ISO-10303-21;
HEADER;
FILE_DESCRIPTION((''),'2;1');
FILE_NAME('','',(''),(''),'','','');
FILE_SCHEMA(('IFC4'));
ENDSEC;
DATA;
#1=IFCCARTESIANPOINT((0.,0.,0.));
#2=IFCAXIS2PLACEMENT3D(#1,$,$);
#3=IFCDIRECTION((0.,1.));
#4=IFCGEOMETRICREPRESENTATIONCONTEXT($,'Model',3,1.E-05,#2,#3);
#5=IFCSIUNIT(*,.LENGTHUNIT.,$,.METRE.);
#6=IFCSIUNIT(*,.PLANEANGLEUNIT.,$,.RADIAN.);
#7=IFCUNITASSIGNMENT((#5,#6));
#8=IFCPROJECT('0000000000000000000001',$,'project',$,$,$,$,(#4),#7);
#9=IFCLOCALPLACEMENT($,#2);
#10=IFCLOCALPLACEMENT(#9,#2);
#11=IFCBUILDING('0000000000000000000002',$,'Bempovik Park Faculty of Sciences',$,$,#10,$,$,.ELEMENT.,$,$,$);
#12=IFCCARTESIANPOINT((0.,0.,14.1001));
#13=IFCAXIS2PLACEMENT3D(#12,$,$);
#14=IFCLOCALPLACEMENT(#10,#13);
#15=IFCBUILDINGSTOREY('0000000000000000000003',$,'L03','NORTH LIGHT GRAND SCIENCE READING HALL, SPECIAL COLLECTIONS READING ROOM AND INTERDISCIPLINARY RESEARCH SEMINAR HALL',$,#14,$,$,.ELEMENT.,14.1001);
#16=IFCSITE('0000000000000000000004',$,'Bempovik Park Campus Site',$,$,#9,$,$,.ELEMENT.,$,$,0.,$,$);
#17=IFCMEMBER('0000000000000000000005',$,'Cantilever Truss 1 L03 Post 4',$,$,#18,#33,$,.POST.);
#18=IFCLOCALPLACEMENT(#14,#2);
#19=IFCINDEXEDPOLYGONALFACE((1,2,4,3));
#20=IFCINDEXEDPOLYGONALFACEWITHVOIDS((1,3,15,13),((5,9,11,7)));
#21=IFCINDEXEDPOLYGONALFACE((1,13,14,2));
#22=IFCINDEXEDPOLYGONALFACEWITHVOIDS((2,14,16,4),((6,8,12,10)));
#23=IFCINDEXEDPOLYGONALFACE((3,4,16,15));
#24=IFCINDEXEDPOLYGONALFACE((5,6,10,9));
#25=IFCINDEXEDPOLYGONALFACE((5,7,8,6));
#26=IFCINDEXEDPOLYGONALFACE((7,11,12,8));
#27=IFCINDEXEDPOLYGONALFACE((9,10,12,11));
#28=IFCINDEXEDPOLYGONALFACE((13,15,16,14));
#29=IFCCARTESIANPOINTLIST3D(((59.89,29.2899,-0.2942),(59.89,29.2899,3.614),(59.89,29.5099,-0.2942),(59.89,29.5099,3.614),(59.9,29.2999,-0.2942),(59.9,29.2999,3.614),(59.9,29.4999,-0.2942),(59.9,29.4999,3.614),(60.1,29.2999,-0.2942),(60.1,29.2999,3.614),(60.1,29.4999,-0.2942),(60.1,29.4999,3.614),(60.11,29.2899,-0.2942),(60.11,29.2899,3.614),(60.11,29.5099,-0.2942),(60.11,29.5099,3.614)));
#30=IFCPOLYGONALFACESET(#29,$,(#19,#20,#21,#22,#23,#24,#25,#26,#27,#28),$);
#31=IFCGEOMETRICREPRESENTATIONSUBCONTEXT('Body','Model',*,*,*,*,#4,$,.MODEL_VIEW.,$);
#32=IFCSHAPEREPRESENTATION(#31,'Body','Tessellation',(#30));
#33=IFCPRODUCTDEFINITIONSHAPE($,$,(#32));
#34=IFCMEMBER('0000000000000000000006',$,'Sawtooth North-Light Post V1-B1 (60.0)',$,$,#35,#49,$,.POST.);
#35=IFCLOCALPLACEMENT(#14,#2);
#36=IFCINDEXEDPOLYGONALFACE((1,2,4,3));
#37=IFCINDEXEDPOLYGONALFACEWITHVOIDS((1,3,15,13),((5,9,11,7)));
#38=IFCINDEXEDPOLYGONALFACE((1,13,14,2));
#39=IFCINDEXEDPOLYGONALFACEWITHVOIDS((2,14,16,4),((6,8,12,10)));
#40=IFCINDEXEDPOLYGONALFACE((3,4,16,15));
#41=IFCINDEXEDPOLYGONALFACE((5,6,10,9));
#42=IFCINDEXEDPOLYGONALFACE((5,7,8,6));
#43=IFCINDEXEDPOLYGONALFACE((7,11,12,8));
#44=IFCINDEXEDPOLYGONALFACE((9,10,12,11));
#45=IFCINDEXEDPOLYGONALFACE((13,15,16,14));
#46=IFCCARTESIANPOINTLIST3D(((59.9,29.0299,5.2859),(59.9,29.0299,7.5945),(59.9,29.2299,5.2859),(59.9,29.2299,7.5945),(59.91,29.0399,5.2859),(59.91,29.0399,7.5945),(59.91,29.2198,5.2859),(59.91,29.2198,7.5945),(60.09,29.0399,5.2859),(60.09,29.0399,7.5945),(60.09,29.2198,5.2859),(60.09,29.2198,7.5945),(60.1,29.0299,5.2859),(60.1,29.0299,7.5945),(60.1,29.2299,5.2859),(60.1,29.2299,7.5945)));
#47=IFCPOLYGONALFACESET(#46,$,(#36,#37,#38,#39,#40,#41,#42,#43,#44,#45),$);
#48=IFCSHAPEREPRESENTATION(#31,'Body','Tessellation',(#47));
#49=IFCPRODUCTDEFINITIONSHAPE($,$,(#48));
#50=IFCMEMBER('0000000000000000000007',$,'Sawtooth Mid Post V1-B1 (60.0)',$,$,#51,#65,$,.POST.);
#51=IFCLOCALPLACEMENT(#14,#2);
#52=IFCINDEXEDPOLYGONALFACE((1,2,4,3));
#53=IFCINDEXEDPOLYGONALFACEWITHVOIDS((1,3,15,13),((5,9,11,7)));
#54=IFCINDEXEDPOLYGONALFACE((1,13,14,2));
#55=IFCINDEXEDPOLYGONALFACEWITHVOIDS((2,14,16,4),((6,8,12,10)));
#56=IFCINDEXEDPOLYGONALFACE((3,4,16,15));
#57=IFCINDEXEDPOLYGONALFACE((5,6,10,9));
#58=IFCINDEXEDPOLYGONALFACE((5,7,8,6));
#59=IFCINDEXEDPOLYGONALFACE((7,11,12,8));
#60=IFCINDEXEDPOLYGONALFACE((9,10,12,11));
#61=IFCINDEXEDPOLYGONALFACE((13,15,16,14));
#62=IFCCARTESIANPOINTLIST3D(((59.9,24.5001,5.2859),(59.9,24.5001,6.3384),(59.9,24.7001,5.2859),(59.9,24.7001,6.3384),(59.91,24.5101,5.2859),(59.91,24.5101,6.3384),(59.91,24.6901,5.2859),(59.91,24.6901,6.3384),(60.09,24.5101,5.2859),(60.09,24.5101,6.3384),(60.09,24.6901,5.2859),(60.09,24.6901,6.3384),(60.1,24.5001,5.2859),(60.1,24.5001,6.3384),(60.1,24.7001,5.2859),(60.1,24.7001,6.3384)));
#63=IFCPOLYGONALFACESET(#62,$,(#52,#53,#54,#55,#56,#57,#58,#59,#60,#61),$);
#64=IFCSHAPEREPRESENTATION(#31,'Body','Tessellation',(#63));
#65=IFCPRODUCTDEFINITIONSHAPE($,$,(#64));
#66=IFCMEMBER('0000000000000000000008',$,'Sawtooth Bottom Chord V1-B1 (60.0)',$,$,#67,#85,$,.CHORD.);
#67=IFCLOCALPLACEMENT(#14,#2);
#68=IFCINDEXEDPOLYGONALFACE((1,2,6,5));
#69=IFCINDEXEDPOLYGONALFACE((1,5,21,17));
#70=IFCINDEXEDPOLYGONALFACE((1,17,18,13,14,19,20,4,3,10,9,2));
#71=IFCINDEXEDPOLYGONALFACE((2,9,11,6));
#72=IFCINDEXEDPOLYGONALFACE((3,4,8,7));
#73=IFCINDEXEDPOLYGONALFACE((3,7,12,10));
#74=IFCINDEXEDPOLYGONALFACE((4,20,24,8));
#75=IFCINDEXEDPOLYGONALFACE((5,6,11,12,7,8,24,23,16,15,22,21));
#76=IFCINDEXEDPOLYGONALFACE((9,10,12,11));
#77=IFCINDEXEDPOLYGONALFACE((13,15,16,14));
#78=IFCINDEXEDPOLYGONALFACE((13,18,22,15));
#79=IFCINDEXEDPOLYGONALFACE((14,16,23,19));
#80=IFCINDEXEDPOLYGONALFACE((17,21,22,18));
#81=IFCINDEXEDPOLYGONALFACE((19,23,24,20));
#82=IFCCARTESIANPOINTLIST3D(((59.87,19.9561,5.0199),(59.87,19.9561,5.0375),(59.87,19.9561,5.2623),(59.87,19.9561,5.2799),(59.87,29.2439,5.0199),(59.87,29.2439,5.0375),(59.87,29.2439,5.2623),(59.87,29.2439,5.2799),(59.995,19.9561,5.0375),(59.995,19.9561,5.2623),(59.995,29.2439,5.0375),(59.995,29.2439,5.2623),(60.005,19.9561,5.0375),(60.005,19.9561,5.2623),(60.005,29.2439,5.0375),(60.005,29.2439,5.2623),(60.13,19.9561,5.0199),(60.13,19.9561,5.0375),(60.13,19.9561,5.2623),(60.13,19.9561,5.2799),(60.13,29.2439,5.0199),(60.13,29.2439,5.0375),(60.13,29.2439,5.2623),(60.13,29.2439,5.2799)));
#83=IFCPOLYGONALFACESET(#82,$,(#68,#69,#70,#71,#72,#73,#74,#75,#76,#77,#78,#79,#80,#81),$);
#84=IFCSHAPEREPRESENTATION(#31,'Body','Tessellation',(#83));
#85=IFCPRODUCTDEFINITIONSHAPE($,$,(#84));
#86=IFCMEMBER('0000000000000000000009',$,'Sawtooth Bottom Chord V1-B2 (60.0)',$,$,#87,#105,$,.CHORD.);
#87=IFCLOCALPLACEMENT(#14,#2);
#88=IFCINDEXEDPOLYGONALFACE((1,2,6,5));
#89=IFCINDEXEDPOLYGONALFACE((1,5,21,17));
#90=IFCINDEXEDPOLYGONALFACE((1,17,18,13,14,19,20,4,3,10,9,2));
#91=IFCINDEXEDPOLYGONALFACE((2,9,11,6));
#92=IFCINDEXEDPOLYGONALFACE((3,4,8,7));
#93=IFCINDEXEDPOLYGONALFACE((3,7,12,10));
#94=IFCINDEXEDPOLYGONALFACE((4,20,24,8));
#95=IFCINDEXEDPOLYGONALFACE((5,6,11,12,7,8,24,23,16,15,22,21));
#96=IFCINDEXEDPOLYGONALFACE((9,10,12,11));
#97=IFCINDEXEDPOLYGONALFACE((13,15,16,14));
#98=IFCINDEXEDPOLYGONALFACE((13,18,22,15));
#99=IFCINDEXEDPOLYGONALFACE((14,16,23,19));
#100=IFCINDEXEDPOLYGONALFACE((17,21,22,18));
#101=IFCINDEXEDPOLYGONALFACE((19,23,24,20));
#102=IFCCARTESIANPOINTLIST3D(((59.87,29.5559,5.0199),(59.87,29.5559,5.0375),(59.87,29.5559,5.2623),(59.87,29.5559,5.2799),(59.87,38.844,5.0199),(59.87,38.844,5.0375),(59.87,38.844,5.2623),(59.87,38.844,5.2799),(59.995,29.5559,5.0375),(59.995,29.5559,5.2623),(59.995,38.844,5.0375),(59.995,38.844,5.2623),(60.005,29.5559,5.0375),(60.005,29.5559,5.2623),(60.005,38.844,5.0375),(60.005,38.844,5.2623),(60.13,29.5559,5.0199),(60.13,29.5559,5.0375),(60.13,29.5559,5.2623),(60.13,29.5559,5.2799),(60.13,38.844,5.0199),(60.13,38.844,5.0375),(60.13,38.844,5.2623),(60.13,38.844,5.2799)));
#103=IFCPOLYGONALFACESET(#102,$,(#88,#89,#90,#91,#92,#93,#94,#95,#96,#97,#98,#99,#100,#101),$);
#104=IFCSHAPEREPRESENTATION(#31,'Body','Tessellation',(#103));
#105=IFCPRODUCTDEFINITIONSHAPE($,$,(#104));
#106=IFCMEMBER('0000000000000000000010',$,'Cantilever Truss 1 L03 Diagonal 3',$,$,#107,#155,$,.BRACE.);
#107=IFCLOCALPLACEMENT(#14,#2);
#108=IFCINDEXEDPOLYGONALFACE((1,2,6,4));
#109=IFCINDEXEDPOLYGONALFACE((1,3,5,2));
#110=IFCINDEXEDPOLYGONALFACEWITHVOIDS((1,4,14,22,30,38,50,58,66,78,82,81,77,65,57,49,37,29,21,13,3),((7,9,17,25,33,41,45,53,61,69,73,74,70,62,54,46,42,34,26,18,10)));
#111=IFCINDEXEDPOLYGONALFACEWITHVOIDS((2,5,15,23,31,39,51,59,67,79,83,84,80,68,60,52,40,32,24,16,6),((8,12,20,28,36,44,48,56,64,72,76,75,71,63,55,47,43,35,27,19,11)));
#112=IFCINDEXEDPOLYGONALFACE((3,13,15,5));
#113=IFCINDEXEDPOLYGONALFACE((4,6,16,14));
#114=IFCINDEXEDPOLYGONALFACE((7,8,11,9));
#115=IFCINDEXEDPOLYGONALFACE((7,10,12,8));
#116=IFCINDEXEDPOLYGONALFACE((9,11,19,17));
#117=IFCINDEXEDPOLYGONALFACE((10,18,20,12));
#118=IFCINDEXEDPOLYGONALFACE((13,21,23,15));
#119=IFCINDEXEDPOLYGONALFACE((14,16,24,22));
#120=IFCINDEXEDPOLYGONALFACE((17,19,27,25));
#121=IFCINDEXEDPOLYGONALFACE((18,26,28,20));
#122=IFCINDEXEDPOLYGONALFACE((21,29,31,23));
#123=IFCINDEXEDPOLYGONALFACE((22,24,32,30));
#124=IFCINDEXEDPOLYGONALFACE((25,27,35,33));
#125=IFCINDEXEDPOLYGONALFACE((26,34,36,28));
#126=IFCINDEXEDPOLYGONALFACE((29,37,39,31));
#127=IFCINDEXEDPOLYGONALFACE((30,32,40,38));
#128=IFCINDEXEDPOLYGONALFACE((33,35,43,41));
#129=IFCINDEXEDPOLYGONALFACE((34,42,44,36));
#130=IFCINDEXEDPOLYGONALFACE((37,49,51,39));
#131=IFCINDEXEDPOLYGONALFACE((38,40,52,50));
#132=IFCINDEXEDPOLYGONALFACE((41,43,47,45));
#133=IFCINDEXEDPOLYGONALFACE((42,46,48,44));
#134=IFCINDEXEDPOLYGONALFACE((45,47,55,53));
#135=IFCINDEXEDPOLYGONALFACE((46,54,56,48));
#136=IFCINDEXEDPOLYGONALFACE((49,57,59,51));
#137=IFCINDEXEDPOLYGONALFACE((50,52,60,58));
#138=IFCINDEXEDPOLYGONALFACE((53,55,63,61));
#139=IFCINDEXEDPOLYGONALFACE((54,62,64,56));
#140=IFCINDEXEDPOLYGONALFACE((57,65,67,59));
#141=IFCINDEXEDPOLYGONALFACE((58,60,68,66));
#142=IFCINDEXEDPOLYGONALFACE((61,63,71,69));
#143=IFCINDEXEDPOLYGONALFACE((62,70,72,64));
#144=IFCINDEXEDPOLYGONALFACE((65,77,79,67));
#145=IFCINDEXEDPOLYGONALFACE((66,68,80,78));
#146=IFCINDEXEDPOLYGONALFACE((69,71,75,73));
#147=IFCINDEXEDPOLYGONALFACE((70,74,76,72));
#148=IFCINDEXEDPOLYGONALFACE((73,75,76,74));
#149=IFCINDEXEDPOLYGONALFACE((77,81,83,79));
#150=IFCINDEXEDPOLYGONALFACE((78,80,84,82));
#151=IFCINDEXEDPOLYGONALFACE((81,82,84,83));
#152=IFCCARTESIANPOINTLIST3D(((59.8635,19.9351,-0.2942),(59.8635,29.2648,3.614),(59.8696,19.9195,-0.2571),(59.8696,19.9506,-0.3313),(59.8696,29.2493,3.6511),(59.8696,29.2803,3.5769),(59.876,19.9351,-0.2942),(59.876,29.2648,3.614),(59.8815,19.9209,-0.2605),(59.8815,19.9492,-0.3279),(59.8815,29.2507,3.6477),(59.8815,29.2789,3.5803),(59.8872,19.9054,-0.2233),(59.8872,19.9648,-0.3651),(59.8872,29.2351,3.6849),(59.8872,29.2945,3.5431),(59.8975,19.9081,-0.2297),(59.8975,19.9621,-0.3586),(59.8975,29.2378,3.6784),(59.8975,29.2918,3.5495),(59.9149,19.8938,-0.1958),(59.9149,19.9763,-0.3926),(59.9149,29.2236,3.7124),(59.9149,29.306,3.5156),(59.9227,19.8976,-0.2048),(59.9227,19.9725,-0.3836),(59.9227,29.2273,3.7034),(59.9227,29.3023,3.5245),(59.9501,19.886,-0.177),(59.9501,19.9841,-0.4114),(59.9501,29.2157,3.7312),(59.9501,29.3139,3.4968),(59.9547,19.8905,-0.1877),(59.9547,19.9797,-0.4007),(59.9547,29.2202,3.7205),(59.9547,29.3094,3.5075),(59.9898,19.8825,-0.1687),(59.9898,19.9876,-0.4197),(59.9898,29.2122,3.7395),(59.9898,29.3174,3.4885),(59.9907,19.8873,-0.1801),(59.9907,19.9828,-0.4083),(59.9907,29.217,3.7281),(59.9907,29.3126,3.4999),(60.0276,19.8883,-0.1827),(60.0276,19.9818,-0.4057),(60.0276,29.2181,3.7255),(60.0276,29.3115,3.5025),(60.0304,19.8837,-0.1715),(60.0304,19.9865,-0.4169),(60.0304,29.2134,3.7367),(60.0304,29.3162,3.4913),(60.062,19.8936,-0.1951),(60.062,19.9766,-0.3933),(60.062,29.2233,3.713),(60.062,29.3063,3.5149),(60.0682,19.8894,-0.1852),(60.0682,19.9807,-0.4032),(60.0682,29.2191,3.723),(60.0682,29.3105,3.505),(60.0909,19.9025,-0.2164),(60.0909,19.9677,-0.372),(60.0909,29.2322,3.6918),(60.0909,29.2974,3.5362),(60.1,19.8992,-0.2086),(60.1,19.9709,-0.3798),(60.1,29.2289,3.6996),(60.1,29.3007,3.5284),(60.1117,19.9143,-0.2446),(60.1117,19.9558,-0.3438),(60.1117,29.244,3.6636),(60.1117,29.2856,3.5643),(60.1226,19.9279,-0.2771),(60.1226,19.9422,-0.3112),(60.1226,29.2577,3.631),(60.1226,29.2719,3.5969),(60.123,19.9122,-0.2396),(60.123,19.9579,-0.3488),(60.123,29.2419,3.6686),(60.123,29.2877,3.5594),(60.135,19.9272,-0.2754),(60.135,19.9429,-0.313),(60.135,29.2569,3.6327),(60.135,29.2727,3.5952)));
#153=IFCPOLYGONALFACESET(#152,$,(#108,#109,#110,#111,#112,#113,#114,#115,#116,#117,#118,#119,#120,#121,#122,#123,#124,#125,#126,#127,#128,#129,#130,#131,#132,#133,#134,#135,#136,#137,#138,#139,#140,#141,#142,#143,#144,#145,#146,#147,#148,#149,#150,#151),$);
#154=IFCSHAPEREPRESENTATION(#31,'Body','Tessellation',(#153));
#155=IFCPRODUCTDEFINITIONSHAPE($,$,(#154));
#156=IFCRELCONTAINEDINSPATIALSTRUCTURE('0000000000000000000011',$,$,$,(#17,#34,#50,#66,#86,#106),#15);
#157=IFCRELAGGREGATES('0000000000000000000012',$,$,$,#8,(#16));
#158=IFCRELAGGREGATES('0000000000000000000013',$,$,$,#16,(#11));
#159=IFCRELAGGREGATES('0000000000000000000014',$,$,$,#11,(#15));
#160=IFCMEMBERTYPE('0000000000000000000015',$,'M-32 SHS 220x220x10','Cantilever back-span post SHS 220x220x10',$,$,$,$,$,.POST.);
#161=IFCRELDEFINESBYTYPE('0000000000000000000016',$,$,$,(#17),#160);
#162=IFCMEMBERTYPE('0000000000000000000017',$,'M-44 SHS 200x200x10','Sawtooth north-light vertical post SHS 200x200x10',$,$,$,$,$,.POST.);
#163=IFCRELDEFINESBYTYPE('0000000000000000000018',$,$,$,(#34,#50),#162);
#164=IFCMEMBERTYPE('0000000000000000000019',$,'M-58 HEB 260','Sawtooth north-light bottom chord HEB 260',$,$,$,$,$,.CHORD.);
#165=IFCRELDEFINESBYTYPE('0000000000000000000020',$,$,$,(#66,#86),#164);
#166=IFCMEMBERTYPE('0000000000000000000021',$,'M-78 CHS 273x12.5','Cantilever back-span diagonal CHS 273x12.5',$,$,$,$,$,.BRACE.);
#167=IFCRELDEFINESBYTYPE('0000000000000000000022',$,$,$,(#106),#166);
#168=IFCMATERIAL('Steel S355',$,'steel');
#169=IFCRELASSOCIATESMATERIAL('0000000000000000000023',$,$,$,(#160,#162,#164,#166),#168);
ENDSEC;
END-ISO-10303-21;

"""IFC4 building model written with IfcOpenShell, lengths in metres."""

from ifc_helpers import new_model, si_unit, direction, frame, origin, origin_2d, place, context, subcontext, project, spatial, hollow_rectangle, hollow_circle, i_section, extrude, material, material_profile, profile_set, type_object, element, save


model = new_model("IFC4")

# Units and contexts
model_context = context("Model", 3, precision=1e-05, world=origin(), true_north=direction((0.0, 1.0)))
body_context = subcontext(model_context, "Body", "Model", "MODEL_VIEW")
ifc_project = project(units=[si_unit("LENGTHUNIT", "METRE"), si_unit("PLANEANGLEUNIT", "RADIAN")], contexts=[model_context])

# Site, building, storey
site_placement = place(None, origin())
site = spatial("IfcSite", under=ifc_project, at=site_placement, Name="Bempovik Park Campus Site", CompositionType="ELEMENT", RefElevation=0.0)
building_placement = place(site_placement, origin())
building = spatial("IfcBuilding", under=site, at=building_placement, Name="Bempovik Park Faculty of Sciences", CompositionType="ELEMENT")
storey_placement = place(building_placement, frame((0.0, 0.0, 14.1001)))
storey = spatial("IfcBuildingStorey", under=building, at=storey_placement, Name="L03", Description="NORTH LIGHT GRAND SCIENCE READING HALL, SPECIAL COLLECTIONS READING ROOM AND INTERDISCIPLINARY RESEARCH SEMINAR HALL", CompositionType="ELEMENT", Elevation=14.1001)

# Shared definitions
ifc_material_1 = material(Name="Steel S355", Category="steel")

# Members
ifc_material_profile_1 = material_profile(ifc_material_1, hollow_rectangle(XDim=0.22, YDim=0.22, WallThickness=0.01, at=origin_2d()), Name="SHS 220x220x10")
ifc_profile_set_1 = profile_set([ifc_material_profile_1], Name="Steel S355")
member_type_1 = type_object("IfcMemberType", Name="M-32 SHS 220x220x10", Description="Cantilever back-span post SHS 220x220x10", PredefinedType="POST", material=ifc_profile_set_1)
member_1_placement = place(storey_placement, frame((60.0, 29.3999, -0.2942), z_axis=(0.0, 0.0, 1.0), x_axis=(1.0, 0.0, 0.0)))
element("IfcMember", 1, at=member_1_placement, inside=storey, type_object=member_type_1, Name="Cantilever Truss 1 L03 Post 4", PredefinedType="POST", context=body_context, shape_type="SweptSolid", body=[
    extrude(hollow_rectangle(XDim=0.22, YDim=0.22, WallThickness=0.01, at=origin_2d()), origin(), (0.0, 0.0, 1.0), 3.9082),
])
ifc_material_profile_2 = material_profile(ifc_material_1, hollow_rectangle(XDim=0.2, YDim=0.2, WallThickness=0.01, at=origin_2d()), Name="SHS 200x200x10")
ifc_profile_set_2 = profile_set([ifc_material_profile_2], Name="Steel S355")
member_type_2 = type_object("IfcMemberType", Name="M-44 SHS 200x200x10", Description="Sawtooth north-light vertical post SHS 200x200x10", PredefinedType="POST", material=ifc_profile_set_2)
member_2_placement = place(storey_placement, frame((60.0, 29.1299, 5.2859), z_axis=(0.0, 0.0, 1.0), x_axis=(1.0, 0.0, 0.0)))
element("IfcMember", 2, at=member_2_placement, inside=storey, type_object=member_type_2, Name="Sawtooth North-Light Post V1-B1 (60.0)", PredefinedType="POST", context=body_context, shape_type="SweptSolid", body=[
    extrude(hollow_rectangle(XDim=0.2, YDim=0.2, WallThickness=0.01, at=origin_2d()), origin(), (0.0, 0.0, 1.0), 2.3086),
])
member_3_placement = place(storey_placement, frame((60.0, 24.6001, 5.2859), z_axis=(0.0, 0.0, 1.0), x_axis=(1.0, 0.0, 0.0)))
element("IfcMember", 3, at=member_3_placement, inside=storey, type_object=member_type_2, Name="Sawtooth Mid Post V1-B1 (60.0)", PredefinedType="POST", context=body_context, shape_type="SweptSolid", body=[
    extrude(hollow_rectangle(XDim=0.2, YDim=0.2, WallThickness=0.01, at=origin_2d()), origin(), (0.0, 0.0, 1.0), 1.0525),
])
ifc_material_profile_3 = material_profile(ifc_material_1, i_section(OverallWidth=0.26, OverallDepth=0.26, WebThickness=0.01, FlangeThickness=0.0176, at=origin_2d()), Name="HEB 260")
ifc_profile_set_3 = profile_set([ifc_material_profile_3], Name="Steel S355")
member_type_3 = type_object("IfcMemberType", Name="M-58 HEB 260", Description="Sawtooth north-light bottom chord HEB 260", PredefinedType="CHORD", material=ifc_profile_set_3)
member_4_placement = place(storey_placement, frame((60.0, 19.9561, 5.1499), z_axis=(0.0, 1.0, 0.0), x_axis=(-1.0, 0.0, 0.0)))
element("IfcMember", 4, at=member_4_placement, inside=storey, type_object=member_type_3, Name="Sawtooth Bottom Chord V1-B1 (60.0)", PredefinedType="CHORD", context=body_context, shape_type="SweptSolid", body=[
    extrude(i_section(OverallWidth=0.26, OverallDepth=0.26, WebThickness=0.01, FlangeThickness=0.0176, at=origin_2d()), origin(), (0.0, 0.0, 1.0), 9.2878),
])
member_5_placement = place(storey_placement, frame((60.0, 29.5559, 5.1499), z_axis=(0.0, 1.0, 0.0), x_axis=(-1.0, 0.0, 0.0)))
element("IfcMember", 5, at=member_5_placement, inside=storey, type_object=member_type_3, Name="Sawtooth Bottom Chord V1-B2 (60.0)", PredefinedType="CHORD", context=body_context, shape_type="SweptSolid", body=[
    extrude(i_section(OverallWidth=0.26, OverallDepth=0.26, WebThickness=0.01, FlangeThickness=0.0176, at=origin_2d()), origin(), (0.0, 0.0, 1.0), 9.2881),
])
ifc_material_profile_4 = material_profile(ifc_material_1, hollow_circle(Radius=0.1365, WallThickness=0.0125, at=origin_2d()), Name="CHS 273x12.5")
ifc_profile_set_4 = profile_set([ifc_material_profile_4], Name="Steel S355")
member_type_4 = type_object("IfcMemberType", Name="M-78 CHS 273x12.5", Description="Cantilever back-span diagonal CHS 273x12.5", PredefinedType="BRACE", material=ifc_profile_set_4)
member_6_placement = place(storey_placement, frame((60.0, 19.9351, -0.2942), z_axis=(0.0, 0.922346, 0.386364), x_axis=(-1.0, 0.0, 0.0)))
element("IfcMember", 6, at=member_6_placement, inside=storey, type_object=member_type_4, Name="Cantilever Truss 1 L03 Diagonal 3", PredefinedType="BRACE", context=body_context, shape_type="SweptSolid", body=[
    extrude(hollow_circle(Radius=0.1365, WallThickness=0.0125, at=origin_2d()), origin(), (0.0, 0.0, 1.0), 10.1152),
])

save(model, "model.ifc")
